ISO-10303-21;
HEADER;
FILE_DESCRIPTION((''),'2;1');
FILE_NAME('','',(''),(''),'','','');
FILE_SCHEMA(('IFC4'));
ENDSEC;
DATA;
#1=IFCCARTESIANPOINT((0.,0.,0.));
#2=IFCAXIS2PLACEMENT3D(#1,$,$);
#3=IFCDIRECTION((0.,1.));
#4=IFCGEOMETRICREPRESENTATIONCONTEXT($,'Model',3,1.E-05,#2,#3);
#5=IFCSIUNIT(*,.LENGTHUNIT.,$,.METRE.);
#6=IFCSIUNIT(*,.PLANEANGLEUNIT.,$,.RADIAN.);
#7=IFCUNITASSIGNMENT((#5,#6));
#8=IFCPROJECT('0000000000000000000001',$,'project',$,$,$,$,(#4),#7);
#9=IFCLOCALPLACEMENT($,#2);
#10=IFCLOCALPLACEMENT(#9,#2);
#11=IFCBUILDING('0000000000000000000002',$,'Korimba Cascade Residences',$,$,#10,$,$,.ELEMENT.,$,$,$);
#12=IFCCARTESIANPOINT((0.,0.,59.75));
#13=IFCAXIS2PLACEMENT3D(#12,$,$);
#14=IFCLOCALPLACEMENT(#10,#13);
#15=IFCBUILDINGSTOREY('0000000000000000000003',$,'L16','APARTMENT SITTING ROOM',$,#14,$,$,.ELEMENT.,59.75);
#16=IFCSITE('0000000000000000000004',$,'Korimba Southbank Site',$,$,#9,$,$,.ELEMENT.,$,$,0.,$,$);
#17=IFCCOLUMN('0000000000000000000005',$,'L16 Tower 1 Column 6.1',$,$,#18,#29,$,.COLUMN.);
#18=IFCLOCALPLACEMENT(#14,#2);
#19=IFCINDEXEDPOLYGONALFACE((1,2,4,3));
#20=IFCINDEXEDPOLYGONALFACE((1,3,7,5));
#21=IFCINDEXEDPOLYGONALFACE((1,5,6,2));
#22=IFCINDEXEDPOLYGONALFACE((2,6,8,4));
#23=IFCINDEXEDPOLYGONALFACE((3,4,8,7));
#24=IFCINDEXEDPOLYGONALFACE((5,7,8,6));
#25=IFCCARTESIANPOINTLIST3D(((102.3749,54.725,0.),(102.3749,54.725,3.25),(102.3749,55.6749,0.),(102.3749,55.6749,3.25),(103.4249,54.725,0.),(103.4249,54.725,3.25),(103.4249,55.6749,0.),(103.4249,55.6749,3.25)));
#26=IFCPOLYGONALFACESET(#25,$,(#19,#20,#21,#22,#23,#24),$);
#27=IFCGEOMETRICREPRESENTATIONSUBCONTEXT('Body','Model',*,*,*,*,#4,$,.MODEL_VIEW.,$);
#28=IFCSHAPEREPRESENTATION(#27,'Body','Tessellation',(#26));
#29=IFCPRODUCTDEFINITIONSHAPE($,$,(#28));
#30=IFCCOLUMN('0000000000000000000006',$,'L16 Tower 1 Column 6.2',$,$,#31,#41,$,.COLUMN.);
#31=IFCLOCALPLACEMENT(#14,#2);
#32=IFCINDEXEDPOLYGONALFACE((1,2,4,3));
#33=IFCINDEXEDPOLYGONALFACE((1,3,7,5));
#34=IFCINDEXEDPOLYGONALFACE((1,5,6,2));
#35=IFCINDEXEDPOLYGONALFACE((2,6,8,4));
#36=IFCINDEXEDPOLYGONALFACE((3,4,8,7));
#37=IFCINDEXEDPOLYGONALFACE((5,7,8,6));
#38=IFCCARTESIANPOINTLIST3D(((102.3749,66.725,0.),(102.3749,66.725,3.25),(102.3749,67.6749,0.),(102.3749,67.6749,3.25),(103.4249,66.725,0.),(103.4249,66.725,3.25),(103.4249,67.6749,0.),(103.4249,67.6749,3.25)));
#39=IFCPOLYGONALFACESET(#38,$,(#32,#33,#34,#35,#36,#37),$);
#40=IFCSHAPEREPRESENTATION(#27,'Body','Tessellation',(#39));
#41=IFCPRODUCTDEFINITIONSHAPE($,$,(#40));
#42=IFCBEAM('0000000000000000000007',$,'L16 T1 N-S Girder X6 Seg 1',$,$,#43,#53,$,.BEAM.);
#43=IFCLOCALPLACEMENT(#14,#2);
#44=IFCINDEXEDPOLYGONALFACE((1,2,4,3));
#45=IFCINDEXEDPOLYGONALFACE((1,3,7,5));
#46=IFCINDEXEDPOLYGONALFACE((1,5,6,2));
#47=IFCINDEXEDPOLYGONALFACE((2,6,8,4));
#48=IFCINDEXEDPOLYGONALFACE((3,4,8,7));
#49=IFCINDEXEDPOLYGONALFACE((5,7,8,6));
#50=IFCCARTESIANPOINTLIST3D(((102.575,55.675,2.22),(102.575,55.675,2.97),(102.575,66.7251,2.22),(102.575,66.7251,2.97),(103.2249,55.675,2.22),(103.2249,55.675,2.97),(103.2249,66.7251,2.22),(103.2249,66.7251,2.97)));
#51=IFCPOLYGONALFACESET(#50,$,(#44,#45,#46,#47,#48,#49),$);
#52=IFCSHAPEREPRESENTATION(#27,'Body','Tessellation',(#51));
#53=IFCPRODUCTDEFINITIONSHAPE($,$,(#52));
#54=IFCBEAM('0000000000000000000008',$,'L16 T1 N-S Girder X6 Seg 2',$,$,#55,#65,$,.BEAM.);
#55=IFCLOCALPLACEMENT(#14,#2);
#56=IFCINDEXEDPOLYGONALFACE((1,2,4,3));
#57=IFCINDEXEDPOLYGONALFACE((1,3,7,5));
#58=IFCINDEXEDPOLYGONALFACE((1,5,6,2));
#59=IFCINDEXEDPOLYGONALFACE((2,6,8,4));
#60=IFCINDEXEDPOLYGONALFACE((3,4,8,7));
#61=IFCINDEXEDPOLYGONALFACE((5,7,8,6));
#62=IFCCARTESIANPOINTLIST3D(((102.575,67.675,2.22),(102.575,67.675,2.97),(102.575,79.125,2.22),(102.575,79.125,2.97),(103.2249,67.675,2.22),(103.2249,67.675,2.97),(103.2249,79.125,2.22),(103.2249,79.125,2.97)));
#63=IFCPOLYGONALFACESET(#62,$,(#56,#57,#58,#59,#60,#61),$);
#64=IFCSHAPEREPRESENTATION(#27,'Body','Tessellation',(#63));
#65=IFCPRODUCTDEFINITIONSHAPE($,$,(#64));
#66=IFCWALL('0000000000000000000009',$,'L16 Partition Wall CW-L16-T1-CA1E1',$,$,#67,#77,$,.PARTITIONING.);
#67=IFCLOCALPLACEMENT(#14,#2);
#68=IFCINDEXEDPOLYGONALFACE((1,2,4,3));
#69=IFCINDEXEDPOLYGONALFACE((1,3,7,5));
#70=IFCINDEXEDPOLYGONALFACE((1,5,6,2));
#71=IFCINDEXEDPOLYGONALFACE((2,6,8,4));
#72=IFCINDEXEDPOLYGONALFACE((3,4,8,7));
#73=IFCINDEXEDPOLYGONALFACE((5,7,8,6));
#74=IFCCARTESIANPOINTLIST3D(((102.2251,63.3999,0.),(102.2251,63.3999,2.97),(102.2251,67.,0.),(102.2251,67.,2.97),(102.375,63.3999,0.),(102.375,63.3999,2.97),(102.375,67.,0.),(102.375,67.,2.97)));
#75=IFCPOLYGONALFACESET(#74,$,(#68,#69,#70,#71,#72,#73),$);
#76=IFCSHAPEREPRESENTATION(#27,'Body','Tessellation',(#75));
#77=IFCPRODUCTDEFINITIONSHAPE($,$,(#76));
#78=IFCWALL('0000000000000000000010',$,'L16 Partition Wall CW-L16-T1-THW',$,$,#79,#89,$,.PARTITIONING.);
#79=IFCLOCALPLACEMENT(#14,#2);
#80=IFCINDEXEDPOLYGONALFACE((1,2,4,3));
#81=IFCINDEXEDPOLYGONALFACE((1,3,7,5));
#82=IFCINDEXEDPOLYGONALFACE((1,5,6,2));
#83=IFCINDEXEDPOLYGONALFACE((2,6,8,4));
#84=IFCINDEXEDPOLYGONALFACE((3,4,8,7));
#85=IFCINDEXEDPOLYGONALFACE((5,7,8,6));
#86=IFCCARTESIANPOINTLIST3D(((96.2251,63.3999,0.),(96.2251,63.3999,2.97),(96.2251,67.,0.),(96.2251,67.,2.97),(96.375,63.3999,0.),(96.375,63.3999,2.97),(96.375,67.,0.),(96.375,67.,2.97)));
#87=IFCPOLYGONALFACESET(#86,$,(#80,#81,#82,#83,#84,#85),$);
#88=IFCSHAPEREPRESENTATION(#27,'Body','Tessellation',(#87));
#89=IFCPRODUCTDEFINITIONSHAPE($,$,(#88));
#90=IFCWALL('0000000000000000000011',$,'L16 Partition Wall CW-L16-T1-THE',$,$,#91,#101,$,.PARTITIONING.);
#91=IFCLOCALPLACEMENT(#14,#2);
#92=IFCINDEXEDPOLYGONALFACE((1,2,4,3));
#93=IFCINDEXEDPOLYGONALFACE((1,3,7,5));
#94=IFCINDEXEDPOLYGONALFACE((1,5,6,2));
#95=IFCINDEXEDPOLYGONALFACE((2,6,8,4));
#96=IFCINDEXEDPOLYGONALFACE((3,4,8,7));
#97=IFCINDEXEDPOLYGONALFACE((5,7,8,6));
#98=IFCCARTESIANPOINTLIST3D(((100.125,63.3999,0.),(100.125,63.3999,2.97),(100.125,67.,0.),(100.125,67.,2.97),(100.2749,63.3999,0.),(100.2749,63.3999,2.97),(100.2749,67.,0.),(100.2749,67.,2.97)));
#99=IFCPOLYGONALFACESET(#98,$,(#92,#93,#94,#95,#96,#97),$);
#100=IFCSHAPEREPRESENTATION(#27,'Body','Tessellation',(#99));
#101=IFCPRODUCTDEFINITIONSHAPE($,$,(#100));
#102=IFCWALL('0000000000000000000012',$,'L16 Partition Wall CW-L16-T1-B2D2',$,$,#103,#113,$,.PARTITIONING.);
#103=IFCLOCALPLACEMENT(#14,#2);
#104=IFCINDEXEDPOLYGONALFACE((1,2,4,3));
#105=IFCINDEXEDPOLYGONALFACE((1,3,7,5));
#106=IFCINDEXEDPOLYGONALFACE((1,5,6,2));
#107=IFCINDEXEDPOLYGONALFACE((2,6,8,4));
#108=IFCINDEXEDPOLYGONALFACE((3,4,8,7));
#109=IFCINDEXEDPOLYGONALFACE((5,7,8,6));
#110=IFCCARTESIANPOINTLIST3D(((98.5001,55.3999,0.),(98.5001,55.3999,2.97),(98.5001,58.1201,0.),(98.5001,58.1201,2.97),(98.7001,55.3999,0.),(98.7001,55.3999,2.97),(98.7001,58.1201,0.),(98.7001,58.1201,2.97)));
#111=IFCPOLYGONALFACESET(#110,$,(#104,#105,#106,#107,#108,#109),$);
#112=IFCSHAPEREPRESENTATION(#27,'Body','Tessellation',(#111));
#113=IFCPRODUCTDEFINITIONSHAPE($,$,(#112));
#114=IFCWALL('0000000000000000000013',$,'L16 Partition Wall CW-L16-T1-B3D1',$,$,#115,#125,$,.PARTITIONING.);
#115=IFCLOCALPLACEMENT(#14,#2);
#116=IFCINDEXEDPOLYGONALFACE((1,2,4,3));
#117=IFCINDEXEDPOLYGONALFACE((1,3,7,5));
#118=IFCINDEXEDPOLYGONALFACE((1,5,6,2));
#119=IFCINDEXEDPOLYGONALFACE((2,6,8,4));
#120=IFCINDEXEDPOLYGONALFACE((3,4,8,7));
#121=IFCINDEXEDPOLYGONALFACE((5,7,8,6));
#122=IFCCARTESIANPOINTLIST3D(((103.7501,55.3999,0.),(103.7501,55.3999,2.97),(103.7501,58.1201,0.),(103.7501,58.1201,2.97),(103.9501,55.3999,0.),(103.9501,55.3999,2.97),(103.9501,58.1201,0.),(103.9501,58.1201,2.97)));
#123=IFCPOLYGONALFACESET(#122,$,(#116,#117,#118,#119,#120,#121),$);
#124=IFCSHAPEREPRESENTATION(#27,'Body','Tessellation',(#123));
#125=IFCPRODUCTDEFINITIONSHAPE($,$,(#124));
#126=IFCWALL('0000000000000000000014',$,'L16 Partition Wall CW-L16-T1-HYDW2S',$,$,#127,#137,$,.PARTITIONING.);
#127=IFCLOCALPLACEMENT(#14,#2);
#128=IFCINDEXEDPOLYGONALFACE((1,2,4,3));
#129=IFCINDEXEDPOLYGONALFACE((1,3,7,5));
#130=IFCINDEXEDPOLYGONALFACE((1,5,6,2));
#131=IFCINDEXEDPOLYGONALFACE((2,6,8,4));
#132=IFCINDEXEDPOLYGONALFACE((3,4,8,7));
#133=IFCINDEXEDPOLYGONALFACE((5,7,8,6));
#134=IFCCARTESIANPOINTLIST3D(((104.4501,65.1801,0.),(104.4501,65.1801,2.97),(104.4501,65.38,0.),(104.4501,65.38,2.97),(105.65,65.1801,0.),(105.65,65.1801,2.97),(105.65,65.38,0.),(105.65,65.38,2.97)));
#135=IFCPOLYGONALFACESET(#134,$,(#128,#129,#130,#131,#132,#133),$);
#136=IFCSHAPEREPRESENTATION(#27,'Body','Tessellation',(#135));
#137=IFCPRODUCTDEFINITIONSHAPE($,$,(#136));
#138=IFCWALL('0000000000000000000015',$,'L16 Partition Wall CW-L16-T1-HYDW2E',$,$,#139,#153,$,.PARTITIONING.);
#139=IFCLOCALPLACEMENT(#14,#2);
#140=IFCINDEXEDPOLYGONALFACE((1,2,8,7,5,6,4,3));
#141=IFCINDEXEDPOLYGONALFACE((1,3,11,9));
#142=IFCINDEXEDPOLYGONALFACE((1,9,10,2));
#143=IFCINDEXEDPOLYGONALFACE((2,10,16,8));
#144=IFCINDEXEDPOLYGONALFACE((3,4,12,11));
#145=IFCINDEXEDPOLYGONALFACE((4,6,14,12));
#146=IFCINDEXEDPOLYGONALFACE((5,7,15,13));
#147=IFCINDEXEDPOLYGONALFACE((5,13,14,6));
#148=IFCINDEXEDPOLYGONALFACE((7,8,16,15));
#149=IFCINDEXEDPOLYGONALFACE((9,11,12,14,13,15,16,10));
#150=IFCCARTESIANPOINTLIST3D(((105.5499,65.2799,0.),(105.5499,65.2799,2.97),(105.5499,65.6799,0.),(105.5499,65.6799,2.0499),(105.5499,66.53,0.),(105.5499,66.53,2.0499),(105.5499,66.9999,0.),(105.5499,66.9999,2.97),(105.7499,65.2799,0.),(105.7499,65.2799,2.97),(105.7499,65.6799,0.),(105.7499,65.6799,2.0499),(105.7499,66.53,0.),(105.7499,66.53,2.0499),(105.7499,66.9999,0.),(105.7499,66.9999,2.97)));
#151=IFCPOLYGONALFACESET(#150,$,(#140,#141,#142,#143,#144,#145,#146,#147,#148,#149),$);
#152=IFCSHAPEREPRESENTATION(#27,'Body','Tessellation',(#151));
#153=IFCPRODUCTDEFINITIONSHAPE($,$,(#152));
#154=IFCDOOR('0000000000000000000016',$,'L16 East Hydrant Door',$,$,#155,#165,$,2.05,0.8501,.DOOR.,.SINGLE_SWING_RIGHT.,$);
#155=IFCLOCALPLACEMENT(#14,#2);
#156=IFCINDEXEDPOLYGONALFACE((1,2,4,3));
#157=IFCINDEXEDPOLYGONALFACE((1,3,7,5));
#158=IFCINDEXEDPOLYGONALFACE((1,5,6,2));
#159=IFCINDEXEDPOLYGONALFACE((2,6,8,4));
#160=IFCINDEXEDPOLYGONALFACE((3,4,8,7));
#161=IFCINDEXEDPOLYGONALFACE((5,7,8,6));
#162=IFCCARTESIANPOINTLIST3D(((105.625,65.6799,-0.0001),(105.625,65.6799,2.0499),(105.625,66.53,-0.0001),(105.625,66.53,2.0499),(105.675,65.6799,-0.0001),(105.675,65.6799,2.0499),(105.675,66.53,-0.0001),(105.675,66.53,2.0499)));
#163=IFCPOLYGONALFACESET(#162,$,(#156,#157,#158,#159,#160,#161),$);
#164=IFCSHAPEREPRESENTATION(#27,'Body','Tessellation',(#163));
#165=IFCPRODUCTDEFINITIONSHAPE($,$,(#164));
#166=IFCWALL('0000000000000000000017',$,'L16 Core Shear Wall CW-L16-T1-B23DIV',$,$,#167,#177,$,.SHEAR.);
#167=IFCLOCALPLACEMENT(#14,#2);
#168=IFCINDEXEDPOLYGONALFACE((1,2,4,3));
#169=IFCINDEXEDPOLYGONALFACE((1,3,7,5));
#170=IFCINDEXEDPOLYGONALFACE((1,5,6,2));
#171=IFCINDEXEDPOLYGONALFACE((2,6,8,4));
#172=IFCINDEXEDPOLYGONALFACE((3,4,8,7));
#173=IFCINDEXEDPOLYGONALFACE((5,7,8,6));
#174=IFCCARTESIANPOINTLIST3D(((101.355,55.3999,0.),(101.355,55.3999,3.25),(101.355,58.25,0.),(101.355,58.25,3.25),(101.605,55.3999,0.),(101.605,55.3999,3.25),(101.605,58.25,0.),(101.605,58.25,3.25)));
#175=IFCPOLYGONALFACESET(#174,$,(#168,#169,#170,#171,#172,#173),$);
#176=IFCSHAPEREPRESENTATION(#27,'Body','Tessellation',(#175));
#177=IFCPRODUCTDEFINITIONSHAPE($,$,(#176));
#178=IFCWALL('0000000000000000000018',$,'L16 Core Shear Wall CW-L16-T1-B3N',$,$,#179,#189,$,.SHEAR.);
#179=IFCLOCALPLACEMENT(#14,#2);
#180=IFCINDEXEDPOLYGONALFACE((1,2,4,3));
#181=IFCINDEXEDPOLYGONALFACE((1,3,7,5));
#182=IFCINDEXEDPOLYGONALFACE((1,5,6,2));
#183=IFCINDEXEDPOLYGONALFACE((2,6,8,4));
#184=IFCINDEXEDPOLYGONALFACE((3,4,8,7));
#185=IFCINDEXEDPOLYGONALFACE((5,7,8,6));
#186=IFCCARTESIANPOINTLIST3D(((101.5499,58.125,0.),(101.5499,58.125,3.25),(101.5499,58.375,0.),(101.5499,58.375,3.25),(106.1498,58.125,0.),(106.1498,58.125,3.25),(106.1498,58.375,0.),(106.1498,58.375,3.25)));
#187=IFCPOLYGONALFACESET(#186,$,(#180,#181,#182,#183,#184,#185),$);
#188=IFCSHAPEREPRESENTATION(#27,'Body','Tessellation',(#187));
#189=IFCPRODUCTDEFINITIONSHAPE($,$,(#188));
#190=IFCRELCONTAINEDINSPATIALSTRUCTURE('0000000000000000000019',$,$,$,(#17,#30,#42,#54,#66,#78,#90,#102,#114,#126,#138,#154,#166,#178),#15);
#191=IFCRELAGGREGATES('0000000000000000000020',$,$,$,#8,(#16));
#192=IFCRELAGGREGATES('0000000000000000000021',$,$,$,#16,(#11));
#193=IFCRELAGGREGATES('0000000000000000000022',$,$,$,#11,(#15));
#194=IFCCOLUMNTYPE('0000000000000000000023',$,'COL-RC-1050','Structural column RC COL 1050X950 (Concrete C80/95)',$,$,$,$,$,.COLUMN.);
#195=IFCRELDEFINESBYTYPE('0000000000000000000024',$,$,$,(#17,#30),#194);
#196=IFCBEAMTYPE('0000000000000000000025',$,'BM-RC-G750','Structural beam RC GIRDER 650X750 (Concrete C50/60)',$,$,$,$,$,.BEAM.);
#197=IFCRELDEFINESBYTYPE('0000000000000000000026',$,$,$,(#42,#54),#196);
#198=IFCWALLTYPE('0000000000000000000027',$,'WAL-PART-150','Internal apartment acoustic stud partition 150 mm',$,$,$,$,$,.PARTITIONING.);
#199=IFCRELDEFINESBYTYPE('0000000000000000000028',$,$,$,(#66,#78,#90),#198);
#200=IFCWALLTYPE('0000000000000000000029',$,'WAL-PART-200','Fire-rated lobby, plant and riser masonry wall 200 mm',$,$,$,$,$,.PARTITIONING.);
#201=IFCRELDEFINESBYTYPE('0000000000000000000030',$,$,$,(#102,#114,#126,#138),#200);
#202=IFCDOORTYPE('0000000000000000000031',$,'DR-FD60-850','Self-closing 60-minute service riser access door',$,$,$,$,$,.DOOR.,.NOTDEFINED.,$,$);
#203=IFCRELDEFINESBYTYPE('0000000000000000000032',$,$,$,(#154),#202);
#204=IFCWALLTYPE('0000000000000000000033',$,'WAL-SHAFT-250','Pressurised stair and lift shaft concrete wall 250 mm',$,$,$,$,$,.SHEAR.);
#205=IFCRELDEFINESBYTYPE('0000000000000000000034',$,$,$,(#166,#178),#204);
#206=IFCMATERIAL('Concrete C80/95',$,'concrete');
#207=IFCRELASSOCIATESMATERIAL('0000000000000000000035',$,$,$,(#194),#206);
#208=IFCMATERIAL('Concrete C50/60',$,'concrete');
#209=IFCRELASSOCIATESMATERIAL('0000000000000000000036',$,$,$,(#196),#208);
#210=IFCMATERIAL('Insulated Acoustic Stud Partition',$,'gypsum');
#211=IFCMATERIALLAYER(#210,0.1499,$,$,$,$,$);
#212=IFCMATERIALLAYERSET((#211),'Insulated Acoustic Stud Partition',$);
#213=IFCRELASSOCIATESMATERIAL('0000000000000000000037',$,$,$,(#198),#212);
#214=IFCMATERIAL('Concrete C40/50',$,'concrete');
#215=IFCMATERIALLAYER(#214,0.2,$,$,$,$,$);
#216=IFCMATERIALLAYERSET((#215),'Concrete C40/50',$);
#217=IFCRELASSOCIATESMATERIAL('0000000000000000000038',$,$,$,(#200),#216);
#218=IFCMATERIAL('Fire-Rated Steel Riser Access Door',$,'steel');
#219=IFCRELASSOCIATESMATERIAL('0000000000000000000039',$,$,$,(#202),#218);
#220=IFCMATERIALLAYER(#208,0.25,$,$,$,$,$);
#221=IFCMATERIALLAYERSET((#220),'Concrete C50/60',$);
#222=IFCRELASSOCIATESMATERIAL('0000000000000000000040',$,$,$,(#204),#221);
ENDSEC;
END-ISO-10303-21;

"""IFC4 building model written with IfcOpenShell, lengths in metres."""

from ifc_helpers import new_model, si_unit, direction, frame, frame_2d, origin, origin_2d, place, context, subcontext, project, spatial, rectangle, extrude, material, layer, layer_set, material_profile, profile_set, type_object, element, fill, save


model = new_model("IFC4")

# Units and contexts
model_context = context("Model", 3, precision=1e-05, world=origin(), true_north=direction((0.0, 1.0)))
body_context = subcontext(model_context, "Body", "Model", "MODEL_VIEW")
ifc_project = project(units=[si_unit("LENGTHUNIT", "METRE"), si_unit("PLANEANGLEUNIT", "RADIAN")], contexts=[model_context])

# Site, building, storey
site_placement = place(None, origin())
site = spatial("IfcSite", under=ifc_project, at=site_placement, Name="Korimba Southbank Site", CompositionType="ELEMENT", RefElevation=0.0)
building_placement = place(site_placement, origin())
building = spatial("IfcBuilding", under=site, at=building_placement, Name="Korimba Cascade Residences", CompositionType="ELEMENT")
storey_placement = place(building_placement, frame((0.0, 0.0, 59.75)))
storey = spatial("IfcBuildingStorey", under=building, at=storey_placement, Name="L16", Description="APARTMENT SITTING ROOM", CompositionType="ELEMENT", Elevation=59.75)

# Columns
ifc_material_1 = material(Name="Concrete C80/95", Category="concrete")
ifc_material_profile_1 = material_profile(ifc_material_1, rectangle(XDim=1.05, YDim=0.95, at=origin_2d()), Name="Concrete C80/95")
ifc_profile_set_1 = profile_set([ifc_material_profile_1], Name="Concrete C80/95")
column_type = type_object("IfcColumnType", Name="COL-RC-1050", Description="Structural column RC COL 1050X950 (Concrete C80/95)", PredefinedType="COLUMN", material=ifc_profile_set_1)
for number, where, z_axis, x_axis, name in (
    (1, (102.8999, 55.2, 0.0), (0.0, 0.0, 1.0), (1.0, 0.0, 0.0), "L16 Tower 1 Column 6.1"),
    (2, (102.8999, 67.2, 0.0), (0.0, 0.0, 1.0), (1.0, 0.0, 0.0), "L16 Tower 1 Column 6.2"),
):
    element("IfcColumn", number, at=place(storey_placement, frame(where, z_axis=z_axis, x_axis=x_axis)), inside=storey, type_object=column_type, Name=name, PredefinedType="COLUMN", context=body_context, shape_type="SweptSolid", body=[
        extrude(rectangle(XDim=1.05, YDim=0.95, at=origin_2d()), origin(), (0.0, 0.0, 1.0), 3.25),
    ])

# Beams
ifc_material_2 = material(Name="Concrete C50/60", Category="concrete")
ifc_material_profile_2 = material_profile(ifc_material_2, rectangle(XDim=0.6499, YDim=0.75, at=origin_2d()), Name="Concrete C50/60")
ifc_profile_set_2 = profile_set([ifc_material_profile_2], Name="Concrete C50/60")
beam_type = type_object("IfcBeamType", Name="BM-RC-G750", Description="Structural beam RC GIRDER 650X750 (Concrete C50/60)", PredefinedType="BEAM", material=ifc_profile_set_2)
beam_1_placement = place(storey_placement, frame((102.8999, 55.675, 2.595), z_axis=(0.0, 1.0, 0.0), x_axis=(-1.0, 0.0, 0.0)))
element("IfcBeam", 3, at=beam_1_placement, inside=storey, type_object=beam_type, Name="L16 T1 N-S Girder X6 Seg 1", PredefinedType="BEAM", context=body_context, shape_type="SweptSolid", body=[
    extrude(rectangle(XDim=0.6499, YDim=0.75, at=origin_2d()), origin(), (0.0, 0.0, 1.0), 11.05),
])
beam_2_placement = place(storey_placement, frame((102.8999, 67.675, 2.595), z_axis=(0.0, 1.0, 0.0), x_axis=(-1.0, 0.0, 0.0)))
element("IfcBeam", 4, at=beam_2_placement, inside=storey, type_object=beam_type, Name="L16 T1 N-S Girder X6 Seg 2", PredefinedType="BEAM", context=body_context, shape_type="SweptSolid", body=[
    extrude(rectangle(XDim=0.6499, YDim=0.75, at=origin_2d()), origin(), (0.0, 0.0, 1.0), 11.45),
])

# Walls
ifc_material_3 = material(Name="Insulated Acoustic Stud Partition", Category="gypsum")
ifc_layer_1 = layer(ifc_material_3, 0.1499)
ifc_layer_set_1 = layer_set([ifc_layer_1], Name="Insulated Acoustic Stud Partition")
wall_type_1 = type_object("IfcWallType", Name="WAL-PART-150", Description="Internal apartment acoustic stud partition 150 mm", PredefinedType="PARTITIONING", material=ifc_layer_set_1)
for number, where, z_axis, x_axis, name in (
    (5, (102.3, 63.3999, 0.0), (0.0, 0.0, 1.0), (0.0, 1.0, 0.0), "L16 Partition Wall CW-L16-T1-CA1E1"),
    (6, (96.3, 63.3999, 0.0), (0.0, 0.0, 1.0), (0.0, 1.0, 0.0), "L16 Partition Wall CW-L16-T1-THW"),
    (7, (100.2, 63.3999, 0.0), (0.0, 0.0, 1.0), (0.0, 1.0, 0.0), "L16 Partition Wall CW-L16-T1-THE"),
):
    element("IfcWall", number, at=place(storey_placement, frame(where, z_axis=z_axis, x_axis=x_axis)), inside=storey, type_object=wall_type_1, Name=name, PredefinedType="PARTITIONING", context=body_context, shape_type="SweptSolid", body=[
        extrude(rectangle(XDim=3.6001, YDim=0.1499, at=frame_2d((1.8, 0.0))), origin(), (0.0, 0.0, 1.0), 2.97),
    ])
ifc_material_4 = material(Name="Concrete C40/50", Category="concrete")
ifc_layer_2 = layer(ifc_material_4, 0.2)
ifc_layer_set_2 = layer_set([ifc_layer_2], Name="Concrete C40/50")
wall_type_2 = type_object("IfcWallType", Name="WAL-PART-200", Description="Fire-rated lobby, plant and riser masonry wall 200 mm", PredefinedType="PARTITIONING", material=ifc_layer_set_2)
for number, where, z_axis, x_axis, name in (
    (8, (98.6001, 55.3999, 0.0), (0.0, 0.0, 1.0), (0.0, 1.0, 0.0), "L16 Partition Wall CW-L16-T1-B2D2"),
    (9, (103.8501, 55.3999, 0.0), (0.0, 0.0, 1.0), (0.0, 1.0, 0.0), "L16 Partition Wall CW-L16-T1-B3D1"),
):
    element("IfcWall", number, at=place(storey_placement, frame(where, z_axis=z_axis, x_axis=x_axis)), inside=storey, type_object=wall_type_2, Name=name, PredefinedType="PARTITIONING", context=body_context, shape_type="SweptSolid", body=[
        extrude(rectangle(XDim=2.7202, YDim=0.2, at=frame_2d((1.3601, 0.0))), origin(), (0.0, 0.0, 1.0), 2.97),
    ])
wall_1_placement = place(storey_placement, frame((104.45, 65.28, 0.0), z_axis=(0.0, 0.0, 1.0), x_axis=(1.0, 0.0, 0.0)))
element("IfcWall", 10, at=wall_1_placement, inside=storey, type_object=wall_type_2, Name="L16 Partition Wall CW-L16-T1-HYDW2S", PredefinedType="PARTITIONING", context=body_context, shape_type="SweptSolid", body=[
    extrude(rectangle(XDim=1.2, YDim=0.2, at=frame_2d((0.6001, 0.0))), origin(), (0.0, 0.0, 1.0), 2.97),
])

# Wall, opening, door
wall_2_placement = place(storey_placement, frame((105.6499, 65.28, 0.0), z_axis=(0.0, 0.0, 1.0), x_axis=(0.0, 1.0, 0.0)))
wall_2 = element("IfcWall", 11, at=wall_2_placement, inside=storey, type_object=wall_type_2, Name="L16 Partition Wall CW-L16-T1-HYDW2E", PredefinedType="PARTITIONING", context=body_context, shape_type="SweptSolid", body=[
    extrude(rectangle(XDim=1.72, YDim=0.2, at=frame_2d((0.8599, 0.0))), origin(), (0.0, 0.0, 1.0), 2.97),
])
opening_1_placement = place(wall_2_placement, frame((0.3999, 0.0, 0.0)))
opening_1 = element("IfcOpeningElement", 12, at=opening_1_placement, cuts=wall_2, PredefinedType="OPENING", context=body_context, shape_type="SweptSolid", body=[
    extrude(rectangle(XDim=0.8501, YDim=2.05, at=frame_2d((0.425, 1.0249))), frame((0.0, 0.1099, 0.0), z_axis=(0.0, -1.0, 0.0), x_axis=(1.0, 0.0, 0.0)), (0.0, 0.0, 1.0), 0.22),
])
ifc_material_5 = material(Name="Fire-Rated Steel Riser Access Door", Category="steel")
door_type_1 = type_object("IfcDoorType", Name="DR-FD60-850", Description="Self-closing 60-minute service riser access door", OperationType="NOTDEFINED", PredefinedType="DOOR", material=ifc_material_5)
door_1_placement = place(opening_1_placement, origin())
door_1 = element("IfcDoor", 13, at=door_1_placement, inside=storey, type_object=door_type_1, Name="L16 East Hydrant Door", OperationType="SINGLE_SWING_RIGHT", OverallHeight=2.05, OverallWidth=0.8501, PredefinedType="DOOR", context=body_context, shape_type="SweptSolid", body=[
    extrude(rectangle(XDim=0.8501, YDim=2.05, at=frame_2d((0.425, 1.0249))), frame((0.0, 0.0249, 0.0), z_axis=(0.0, -1.0, 0.0), x_axis=(1.0, 0.0, 0.0)), (0.0, 0.0, 1.0), 0.05),
])
fill(opening_1, door_1)

# Walls
ifc_layer_3 = layer(ifc_material_2, 0.25)
ifc_layer_set_3 = layer_set([ifc_layer_3], Name="Concrete C50/60")
wall_type_3 = type_object("IfcWallType", Name="WAL-SHAFT-250", Description="Pressurised stair and lift shaft concrete wall 250 mm", PredefinedType="SHEAR", material=ifc_layer_set_3)
wall_3_placement = place(storey_placement, frame((101.48, 55.3999, 0.0), z_axis=(0.0, 0.0, 1.0), x_axis=(0.0, 1.0, 0.0)))
element("IfcWall", 14, at=wall_3_placement, inside=storey, type_object=wall_type_3, Name="L16 Core Shear Wall CW-L16-T1-B23DIV", PredefinedType="SHEAR", context=body_context, shape_type="SweptSolid", body=[
    extrude(rectangle(XDim=2.8501, YDim=0.25, at=frame_2d((1.425, 0.0))), origin(), (0.0, 0.0, 1.0), 3.25),
])
wall_4_placement = place(storey_placement, frame((101.55, 58.25, 0.0), z_axis=(0.0, 0.0, 1.0), x_axis=(1.0, 0.0, 0.0)))
element("IfcWall", 15, at=wall_4_placement, inside=storey, type_object=wall_type_3, Name="L16 Core Shear Wall CW-L16-T1-B3N", PredefinedType="SHEAR", context=body_context, shape_type="SweptSolid", body=[
    extrude(rectangle(XDim=4.5999, YDim=0.25, at=frame_2d((2.2998, 0.0))), origin(), (0.0, 0.0, 1.0), 3.25),
])

save(model, "model.ifc")
